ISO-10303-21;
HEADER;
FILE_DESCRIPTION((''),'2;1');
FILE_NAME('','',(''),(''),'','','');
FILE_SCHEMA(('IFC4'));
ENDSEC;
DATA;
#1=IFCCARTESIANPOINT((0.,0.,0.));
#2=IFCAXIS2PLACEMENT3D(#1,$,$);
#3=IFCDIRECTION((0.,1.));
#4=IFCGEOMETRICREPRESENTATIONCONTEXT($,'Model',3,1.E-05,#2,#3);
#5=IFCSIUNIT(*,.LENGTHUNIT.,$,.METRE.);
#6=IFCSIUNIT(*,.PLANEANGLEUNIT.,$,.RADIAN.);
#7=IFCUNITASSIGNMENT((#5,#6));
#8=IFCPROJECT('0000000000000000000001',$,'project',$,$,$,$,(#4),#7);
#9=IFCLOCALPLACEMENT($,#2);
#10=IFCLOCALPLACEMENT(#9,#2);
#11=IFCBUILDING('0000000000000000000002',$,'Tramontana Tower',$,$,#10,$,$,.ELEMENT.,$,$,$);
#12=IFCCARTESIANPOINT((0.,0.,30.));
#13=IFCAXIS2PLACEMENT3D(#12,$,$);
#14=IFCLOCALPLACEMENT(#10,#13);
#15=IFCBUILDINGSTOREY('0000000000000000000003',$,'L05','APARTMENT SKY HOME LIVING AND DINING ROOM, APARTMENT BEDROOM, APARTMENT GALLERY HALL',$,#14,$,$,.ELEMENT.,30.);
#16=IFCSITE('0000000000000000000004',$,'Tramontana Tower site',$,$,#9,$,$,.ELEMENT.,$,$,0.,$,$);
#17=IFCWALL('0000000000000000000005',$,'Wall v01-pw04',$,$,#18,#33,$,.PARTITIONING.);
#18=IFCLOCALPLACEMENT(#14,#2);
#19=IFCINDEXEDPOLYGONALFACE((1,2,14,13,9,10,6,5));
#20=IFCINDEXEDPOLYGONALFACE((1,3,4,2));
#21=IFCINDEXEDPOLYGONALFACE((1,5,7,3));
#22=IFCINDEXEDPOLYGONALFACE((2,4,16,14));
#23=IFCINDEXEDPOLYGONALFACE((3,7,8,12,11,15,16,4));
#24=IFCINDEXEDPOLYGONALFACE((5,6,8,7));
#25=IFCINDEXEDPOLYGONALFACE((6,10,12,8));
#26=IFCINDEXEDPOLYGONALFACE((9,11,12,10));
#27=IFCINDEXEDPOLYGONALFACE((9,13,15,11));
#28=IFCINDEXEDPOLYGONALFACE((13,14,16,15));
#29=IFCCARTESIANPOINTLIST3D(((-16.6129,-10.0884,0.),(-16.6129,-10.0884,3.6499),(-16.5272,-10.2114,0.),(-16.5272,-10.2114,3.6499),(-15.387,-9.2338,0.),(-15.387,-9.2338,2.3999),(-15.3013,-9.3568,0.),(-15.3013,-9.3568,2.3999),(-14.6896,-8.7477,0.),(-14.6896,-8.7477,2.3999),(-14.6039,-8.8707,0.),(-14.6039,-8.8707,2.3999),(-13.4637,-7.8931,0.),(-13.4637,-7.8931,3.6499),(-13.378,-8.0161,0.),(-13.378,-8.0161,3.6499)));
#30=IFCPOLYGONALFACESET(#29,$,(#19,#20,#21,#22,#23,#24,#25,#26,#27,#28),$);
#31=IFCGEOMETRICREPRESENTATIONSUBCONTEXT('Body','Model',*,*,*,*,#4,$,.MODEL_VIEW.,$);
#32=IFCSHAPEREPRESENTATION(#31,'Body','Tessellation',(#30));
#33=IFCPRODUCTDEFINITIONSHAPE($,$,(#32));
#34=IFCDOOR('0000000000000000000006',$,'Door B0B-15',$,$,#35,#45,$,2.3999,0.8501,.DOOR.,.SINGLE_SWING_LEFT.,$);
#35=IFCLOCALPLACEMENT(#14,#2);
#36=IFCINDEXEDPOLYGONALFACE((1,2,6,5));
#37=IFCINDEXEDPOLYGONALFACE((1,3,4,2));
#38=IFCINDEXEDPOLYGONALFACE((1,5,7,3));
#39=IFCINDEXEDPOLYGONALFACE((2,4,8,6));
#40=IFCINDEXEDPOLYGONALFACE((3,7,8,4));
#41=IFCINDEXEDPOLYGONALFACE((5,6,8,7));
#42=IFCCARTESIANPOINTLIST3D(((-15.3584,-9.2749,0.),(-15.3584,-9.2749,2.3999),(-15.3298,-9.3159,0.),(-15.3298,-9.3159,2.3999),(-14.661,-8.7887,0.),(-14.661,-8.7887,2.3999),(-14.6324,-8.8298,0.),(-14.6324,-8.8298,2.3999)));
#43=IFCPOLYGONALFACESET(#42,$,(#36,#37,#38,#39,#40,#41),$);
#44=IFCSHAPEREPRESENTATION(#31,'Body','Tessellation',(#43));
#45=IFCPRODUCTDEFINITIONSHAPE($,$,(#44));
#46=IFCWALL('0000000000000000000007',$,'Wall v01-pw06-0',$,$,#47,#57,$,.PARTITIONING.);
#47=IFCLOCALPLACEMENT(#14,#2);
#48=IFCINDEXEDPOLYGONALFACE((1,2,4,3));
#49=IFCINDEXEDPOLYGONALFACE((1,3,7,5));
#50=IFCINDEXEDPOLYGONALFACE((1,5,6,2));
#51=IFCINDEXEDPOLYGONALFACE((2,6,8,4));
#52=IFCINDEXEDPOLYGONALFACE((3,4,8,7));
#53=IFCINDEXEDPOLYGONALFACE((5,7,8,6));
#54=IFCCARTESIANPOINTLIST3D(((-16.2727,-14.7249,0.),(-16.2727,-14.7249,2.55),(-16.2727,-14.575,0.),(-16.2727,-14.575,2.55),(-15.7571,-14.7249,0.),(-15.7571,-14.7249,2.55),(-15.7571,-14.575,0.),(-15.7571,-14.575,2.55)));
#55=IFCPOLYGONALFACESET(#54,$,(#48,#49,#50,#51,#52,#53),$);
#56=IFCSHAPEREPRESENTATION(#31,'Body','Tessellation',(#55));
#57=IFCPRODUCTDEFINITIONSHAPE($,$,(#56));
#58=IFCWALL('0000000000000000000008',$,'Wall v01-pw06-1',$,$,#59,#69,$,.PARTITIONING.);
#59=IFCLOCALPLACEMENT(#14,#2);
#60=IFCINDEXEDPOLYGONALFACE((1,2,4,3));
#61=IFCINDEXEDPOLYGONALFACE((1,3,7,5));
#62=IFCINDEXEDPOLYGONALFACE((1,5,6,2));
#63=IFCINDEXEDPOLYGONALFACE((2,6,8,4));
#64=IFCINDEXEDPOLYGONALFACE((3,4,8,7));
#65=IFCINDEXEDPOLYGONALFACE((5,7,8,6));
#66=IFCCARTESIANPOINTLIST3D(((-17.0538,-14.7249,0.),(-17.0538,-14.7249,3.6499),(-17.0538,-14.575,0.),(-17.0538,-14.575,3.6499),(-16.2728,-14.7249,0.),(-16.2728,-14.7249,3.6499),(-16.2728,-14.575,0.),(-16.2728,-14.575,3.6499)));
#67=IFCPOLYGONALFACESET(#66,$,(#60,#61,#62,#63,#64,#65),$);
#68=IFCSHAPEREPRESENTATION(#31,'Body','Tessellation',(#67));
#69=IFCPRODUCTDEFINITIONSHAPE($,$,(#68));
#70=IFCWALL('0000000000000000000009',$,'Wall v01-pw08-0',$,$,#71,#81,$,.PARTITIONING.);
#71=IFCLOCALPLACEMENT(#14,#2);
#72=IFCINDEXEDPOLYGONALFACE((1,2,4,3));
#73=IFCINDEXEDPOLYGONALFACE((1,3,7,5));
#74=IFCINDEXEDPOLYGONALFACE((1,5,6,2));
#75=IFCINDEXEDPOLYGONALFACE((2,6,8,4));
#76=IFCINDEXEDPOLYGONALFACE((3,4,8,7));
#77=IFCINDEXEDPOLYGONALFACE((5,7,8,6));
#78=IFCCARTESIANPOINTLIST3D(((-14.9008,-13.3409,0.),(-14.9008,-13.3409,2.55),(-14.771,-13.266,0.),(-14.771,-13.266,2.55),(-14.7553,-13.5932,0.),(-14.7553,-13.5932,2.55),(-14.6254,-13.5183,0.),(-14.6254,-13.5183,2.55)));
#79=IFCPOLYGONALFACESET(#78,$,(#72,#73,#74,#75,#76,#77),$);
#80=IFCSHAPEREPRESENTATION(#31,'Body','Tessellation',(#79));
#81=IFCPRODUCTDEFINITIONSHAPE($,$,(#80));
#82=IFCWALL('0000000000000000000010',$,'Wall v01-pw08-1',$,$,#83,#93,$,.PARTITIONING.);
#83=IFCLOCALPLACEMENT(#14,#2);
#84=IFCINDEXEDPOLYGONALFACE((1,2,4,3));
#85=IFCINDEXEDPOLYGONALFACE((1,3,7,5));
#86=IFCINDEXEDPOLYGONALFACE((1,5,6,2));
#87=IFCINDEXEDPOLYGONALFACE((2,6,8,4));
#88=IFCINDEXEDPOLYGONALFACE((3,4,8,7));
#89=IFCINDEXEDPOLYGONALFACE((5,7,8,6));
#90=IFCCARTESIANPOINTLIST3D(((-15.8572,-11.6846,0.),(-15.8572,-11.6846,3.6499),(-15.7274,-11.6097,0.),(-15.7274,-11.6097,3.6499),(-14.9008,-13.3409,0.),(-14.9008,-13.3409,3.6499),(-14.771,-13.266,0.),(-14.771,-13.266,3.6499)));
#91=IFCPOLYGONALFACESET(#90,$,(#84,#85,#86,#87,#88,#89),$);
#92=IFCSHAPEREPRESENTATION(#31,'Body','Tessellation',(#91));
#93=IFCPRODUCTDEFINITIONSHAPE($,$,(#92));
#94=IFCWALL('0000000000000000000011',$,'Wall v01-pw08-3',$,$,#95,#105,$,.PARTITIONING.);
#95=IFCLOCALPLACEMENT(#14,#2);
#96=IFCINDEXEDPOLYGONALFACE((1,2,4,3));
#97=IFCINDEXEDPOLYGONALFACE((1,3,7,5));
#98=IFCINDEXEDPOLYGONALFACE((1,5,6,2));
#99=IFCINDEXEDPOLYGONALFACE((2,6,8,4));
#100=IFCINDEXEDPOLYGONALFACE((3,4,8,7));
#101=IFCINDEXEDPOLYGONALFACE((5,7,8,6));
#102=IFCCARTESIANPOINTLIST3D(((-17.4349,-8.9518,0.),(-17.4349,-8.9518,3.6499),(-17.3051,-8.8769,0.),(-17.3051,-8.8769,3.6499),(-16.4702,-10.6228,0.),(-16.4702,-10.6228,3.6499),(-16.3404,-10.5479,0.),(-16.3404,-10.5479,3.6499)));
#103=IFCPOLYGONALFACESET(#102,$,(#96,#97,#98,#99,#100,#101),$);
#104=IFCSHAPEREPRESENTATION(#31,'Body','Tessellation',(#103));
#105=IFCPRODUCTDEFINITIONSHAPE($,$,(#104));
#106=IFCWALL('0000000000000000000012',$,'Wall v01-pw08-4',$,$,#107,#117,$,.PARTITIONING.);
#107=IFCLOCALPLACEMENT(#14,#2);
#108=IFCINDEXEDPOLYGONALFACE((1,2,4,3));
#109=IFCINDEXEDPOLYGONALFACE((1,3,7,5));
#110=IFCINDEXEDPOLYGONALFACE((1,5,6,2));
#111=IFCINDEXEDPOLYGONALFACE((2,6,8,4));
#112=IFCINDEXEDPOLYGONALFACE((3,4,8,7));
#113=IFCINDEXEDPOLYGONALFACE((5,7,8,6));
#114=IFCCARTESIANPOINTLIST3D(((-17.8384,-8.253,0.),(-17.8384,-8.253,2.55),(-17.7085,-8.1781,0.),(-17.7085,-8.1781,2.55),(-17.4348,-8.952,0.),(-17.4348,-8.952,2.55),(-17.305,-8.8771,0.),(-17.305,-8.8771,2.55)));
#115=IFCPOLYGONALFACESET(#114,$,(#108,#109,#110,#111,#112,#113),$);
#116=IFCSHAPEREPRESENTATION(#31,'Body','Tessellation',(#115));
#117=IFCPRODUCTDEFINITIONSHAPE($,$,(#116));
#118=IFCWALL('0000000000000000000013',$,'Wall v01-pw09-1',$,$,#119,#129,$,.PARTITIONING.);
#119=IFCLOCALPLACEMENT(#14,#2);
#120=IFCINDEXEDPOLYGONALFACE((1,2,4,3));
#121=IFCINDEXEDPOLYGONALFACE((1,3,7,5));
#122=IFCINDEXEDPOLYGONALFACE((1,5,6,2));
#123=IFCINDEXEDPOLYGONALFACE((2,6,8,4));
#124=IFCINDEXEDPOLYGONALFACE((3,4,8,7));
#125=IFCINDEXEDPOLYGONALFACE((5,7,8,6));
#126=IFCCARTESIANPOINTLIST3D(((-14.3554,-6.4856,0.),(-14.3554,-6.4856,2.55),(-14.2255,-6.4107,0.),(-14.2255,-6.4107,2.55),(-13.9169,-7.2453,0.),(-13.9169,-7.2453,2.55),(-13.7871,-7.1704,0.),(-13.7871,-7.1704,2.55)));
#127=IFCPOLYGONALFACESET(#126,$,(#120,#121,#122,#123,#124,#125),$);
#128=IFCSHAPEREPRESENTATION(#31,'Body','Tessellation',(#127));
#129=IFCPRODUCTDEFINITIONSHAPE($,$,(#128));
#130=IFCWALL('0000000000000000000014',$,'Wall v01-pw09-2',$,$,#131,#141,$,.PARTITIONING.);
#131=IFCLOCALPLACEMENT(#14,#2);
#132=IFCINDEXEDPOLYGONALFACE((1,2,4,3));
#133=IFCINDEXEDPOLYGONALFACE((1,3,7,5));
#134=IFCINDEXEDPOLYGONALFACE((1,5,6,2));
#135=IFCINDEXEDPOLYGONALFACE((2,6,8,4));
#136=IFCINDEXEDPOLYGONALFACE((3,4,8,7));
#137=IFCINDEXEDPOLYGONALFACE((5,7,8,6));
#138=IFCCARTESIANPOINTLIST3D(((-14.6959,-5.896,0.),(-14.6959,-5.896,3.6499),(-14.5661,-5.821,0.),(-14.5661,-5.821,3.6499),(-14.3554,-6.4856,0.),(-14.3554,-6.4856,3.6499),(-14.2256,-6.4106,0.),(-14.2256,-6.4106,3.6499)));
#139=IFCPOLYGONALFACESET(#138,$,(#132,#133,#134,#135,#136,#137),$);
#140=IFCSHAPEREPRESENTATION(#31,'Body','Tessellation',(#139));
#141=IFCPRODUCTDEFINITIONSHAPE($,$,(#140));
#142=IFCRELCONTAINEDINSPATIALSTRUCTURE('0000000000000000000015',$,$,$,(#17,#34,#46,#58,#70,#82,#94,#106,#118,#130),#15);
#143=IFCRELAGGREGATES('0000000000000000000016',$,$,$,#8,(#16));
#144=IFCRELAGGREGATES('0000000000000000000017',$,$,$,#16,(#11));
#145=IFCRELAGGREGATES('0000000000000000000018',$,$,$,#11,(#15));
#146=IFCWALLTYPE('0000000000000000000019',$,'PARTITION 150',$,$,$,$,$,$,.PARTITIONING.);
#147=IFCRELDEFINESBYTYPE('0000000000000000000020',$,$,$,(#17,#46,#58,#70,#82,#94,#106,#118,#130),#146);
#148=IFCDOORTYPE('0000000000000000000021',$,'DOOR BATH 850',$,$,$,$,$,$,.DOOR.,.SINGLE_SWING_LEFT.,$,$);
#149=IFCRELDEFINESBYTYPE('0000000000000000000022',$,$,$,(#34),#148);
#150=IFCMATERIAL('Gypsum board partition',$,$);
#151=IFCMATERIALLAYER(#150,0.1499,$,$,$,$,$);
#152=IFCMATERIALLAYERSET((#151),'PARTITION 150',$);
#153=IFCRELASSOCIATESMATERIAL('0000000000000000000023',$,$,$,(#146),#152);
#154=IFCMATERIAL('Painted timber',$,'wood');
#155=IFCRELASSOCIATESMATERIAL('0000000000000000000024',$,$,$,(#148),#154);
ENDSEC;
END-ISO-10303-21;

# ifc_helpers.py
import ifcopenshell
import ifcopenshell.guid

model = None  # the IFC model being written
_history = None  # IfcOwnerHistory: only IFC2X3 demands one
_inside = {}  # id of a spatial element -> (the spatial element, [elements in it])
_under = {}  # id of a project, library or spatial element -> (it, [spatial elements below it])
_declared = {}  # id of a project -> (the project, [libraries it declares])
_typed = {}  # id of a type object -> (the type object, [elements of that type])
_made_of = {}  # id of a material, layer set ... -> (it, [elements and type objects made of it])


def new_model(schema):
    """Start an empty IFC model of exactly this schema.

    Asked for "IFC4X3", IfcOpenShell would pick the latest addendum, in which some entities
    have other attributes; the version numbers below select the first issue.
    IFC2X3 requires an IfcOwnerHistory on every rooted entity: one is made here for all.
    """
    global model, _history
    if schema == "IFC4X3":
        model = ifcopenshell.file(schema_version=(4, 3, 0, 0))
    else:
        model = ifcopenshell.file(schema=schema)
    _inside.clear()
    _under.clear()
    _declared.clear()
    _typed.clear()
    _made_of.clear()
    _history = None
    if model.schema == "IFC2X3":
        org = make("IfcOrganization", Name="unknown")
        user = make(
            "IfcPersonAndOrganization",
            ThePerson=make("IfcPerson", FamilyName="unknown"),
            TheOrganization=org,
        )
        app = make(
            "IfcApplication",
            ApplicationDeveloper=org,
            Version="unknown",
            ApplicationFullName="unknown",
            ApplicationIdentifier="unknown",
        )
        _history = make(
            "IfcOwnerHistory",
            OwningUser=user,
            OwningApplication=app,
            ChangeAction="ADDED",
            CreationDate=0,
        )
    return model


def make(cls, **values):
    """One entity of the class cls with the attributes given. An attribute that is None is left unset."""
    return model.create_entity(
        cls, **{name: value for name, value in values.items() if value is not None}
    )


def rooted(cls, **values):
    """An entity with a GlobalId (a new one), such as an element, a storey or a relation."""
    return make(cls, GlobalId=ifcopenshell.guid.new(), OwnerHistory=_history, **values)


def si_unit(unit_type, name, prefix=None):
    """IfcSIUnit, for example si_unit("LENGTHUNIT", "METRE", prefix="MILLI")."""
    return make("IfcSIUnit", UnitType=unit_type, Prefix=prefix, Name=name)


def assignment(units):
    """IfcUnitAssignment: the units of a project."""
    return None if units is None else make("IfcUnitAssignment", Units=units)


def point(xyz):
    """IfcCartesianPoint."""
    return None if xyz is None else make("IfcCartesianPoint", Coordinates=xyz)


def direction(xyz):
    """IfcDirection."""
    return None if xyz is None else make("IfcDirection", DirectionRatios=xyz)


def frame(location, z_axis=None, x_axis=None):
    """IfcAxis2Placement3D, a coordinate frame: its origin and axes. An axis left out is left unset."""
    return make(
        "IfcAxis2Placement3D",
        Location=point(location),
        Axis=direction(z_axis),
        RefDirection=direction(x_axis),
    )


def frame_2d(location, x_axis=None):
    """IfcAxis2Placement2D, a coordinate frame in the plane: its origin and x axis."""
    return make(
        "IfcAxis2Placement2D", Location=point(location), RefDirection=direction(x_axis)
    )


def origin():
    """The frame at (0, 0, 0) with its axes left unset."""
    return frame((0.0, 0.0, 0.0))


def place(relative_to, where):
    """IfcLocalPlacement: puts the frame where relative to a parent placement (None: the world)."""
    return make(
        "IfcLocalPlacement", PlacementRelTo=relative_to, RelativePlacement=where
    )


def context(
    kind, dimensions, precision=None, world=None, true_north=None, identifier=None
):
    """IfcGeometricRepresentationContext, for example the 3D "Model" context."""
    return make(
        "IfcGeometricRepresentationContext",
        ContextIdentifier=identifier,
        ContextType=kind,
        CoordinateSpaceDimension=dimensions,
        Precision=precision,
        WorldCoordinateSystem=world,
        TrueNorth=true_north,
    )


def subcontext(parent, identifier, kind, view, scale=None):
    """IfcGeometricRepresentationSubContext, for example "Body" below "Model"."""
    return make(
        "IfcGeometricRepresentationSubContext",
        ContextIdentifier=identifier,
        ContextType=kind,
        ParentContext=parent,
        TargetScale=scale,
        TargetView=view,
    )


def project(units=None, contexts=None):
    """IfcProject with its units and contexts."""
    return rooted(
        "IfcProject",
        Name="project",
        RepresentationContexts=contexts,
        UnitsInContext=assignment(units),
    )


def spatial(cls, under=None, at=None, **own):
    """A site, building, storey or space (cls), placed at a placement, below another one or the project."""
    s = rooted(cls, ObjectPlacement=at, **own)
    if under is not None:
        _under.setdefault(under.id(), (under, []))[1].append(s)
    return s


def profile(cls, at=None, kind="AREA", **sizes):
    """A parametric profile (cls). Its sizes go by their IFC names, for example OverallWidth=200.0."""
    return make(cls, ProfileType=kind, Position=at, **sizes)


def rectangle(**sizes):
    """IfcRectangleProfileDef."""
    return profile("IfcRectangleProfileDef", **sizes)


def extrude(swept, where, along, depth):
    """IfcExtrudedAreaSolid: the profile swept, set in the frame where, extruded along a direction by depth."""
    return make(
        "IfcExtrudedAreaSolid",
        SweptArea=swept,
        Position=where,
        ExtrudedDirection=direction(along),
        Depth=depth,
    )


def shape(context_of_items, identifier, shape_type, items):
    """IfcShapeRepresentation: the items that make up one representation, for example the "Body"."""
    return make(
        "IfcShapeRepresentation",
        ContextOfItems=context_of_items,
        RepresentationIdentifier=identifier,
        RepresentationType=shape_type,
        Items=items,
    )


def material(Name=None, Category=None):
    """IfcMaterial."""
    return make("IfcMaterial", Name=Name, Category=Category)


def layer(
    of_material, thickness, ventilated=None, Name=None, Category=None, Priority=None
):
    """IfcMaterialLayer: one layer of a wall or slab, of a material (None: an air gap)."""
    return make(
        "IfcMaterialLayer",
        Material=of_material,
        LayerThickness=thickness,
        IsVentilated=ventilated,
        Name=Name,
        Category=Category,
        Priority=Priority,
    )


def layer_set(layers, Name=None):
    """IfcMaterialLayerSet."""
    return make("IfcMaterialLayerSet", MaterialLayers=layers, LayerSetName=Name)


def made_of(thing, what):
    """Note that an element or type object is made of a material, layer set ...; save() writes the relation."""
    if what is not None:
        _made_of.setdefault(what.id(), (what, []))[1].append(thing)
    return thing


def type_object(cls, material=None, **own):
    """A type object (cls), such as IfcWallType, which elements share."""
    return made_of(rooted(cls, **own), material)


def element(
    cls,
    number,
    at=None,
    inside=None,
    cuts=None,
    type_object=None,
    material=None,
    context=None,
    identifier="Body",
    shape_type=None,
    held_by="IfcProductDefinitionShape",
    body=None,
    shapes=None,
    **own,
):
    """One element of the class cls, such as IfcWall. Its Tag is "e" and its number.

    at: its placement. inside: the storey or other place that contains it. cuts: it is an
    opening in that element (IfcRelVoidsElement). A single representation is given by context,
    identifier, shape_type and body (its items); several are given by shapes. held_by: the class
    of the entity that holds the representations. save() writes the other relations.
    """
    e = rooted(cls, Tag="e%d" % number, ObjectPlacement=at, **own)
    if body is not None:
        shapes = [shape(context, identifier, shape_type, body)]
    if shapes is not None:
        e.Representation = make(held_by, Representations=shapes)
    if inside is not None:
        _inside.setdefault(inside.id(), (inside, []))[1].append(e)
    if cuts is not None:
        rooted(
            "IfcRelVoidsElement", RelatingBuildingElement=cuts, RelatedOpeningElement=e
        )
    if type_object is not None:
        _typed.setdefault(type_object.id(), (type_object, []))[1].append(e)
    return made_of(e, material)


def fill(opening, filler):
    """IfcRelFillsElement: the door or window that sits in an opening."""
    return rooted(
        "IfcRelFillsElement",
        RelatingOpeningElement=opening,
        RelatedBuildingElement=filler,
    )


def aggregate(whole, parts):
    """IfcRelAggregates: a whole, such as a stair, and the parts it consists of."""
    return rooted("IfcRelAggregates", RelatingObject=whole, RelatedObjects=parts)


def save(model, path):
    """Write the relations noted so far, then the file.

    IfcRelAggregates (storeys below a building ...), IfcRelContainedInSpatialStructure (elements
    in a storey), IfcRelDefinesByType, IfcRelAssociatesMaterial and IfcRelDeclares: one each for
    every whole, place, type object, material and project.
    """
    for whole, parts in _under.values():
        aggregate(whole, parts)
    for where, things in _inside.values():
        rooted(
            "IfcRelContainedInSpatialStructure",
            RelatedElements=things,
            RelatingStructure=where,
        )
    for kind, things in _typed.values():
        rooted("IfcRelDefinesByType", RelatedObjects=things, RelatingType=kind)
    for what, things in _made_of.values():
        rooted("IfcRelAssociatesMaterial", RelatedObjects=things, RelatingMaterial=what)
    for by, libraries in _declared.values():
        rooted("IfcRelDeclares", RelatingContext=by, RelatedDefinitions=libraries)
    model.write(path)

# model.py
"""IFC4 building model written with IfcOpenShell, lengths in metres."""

from ifc_helpers import new_model, si_unit, direction, frame, frame_2d, origin, place, context, subcontext, project, spatial, rectangle, extrude, material, layer, layer_set, type_object, element, fill, save


model = new_model("IFC4")

# Units and contexts
model_context = context("Model", 3, precision=1e-05, world=origin(), true_north=direction((0.0, 1.0)))
body_context = subcontext(model_context, "Body", "Model", "MODEL_VIEW")
ifc_project = project(units=[si_unit("LENGTHUNIT", "METRE"), si_unit("PLANEANGLEUNIT", "RADIAN")], contexts=[model_context])

# Site, building, storey
site_placement = place(None, origin())
site = spatial("IfcSite", under=ifc_project, at=site_placement, Name="Tramontana Tower site", CompositionType="ELEMENT", RefElevation=0.0)
building_placement = place(site_placement, origin())
building = spatial("IfcBuilding", under=site, at=building_placement, Name="Tramontana Tower", CompositionType="ELEMENT")
storey_placement = place(building_placement, frame((0.0, 0.0, 30.0)))
storey = spatial("IfcBuildingStorey", under=building, at=storey_placement, Name="L05", Description="APARTMENT SKY HOME LIVING AND DINING ROOM, APARTMENT BEDROOM, APARTMENT GALLERY HALL", CompositionType="ELEMENT", Elevation=30.0)

# Shared definitions
ifc_material_1 = material(Name="Gypsum board partition")
ifc_layer_1 = layer(ifc_material_1, 0.1499)
ifc_layer_set_1 = layer_set([ifc_layer_1], Name="PARTITION 150")
wall_type_1 = type_object("IfcWallType", Name="PARTITION 150", PredefinedType="PARTITIONING", material=ifc_layer_set_1)

# Wall, opening, door
wall_1_placement = place(storey_placement, frame((-16.5701, -10.1499, 0.0), z_axis=(0.0, 0.0, 1.0), x_axis=(0.820345, 0.571869, 0.0)))
wall_1 = element("IfcWall", 1, at=wall_1_placement, inside=storey, type_object=wall_type_1, Name="Wall v01-pw04", PredefinedType="PARTITIONING", context=body_context, shape_type="SweptSolid", body=[
    extrude(rectangle(XDim=3.8389, YDim=0.1499, at=frame_2d((1.9194, 0.0))), origin(), (0.0, 0.0, 1.0), 3.6499),
])
opening_1_placement = place(wall_1_placement, frame((1.4944, 0.0, 0.0)))
opening_1 = element("IfcOpeningElement", 2, at=opening_1_placement, cuts=wall_1, PredefinedType="OPENING", context=body_context, shape_type="SweptSolid", body=[
    extrude(rectangle(XDim=0.8501, YDim=2.3999, at=frame_2d((0.425, 1.2))), frame((0.0, 0.085, 0.0), z_axis=(0.0, -1.0, 0.0), x_axis=(1.0, 0.0, 0.0)), (0.0, 0.0, 1.0), 0.1699),
])
ifc_material_2 = material(Name="Painted timber", Category="wood")
door_type_1 = type_object("IfcDoorType", Name="DOOR BATH 850", OperationType="SINGLE_SWING_LEFT", PredefinedType="DOOR", material=ifc_material_2)
door_1_placement = place(opening_1_placement, origin())
door_1 = element("IfcDoor", 3, at=door_1_placement, inside=storey, type_object=door_type_1, Name="Door B0B-15", OperationType="SINGLE_SWING_LEFT", OverallHeight=2.3999, OverallWidth=0.8501, PredefinedType="DOOR", context=body_context, shape_type="SweptSolid", body=[
    extrude(rectangle(XDim=0.8501, YDim=2.3999, at=frame_2d((0.425, 1.2))), frame((0.0, 0.0249, 0.0), z_axis=(0.0, -1.0, 0.0), x_axis=(1.0, 0.0, 0.0)), (0.0, 0.0, 1.0), 0.05),
])
fill(opening_1, door_1)

# Walls
wall_2_placement = place(storey_placement, frame((-15.7571, -14.6499, 0.0), z_axis=(0.0, 0.0, 1.0), x_axis=(-1.0, 0.0, 0.0)))
element("IfcWall", 4, at=wall_2_placement, inside=storey, type_object=wall_type_1, Name="Wall v01-pw06-0", PredefinedType="PARTITIONING", context=body_context, shape_type="SweptSolid", body=[
    extrude(rectangle(XDim=0.5156, YDim=0.1499, at=frame_2d((0.2578, 0.0))), origin(), (0.0, 0.0, 1.0), 2.55),
])
wall_3_placement = place(storey_placement, frame((-16.2727, -14.6499, 0.0), z_axis=(0.0, 0.0, 1.0), x_axis=(-1.0, 0.0, 0.0)))
element("IfcWall", 5, at=wall_3_placement, inside=storey, type_object=wall_type_1, Name="Wall v01-pw06-1", PredefinedType="PARTITIONING", context=body_context, shape_type="SweptSolid", body=[
    extrude(rectangle(XDim=0.781, YDim=0.1499, at=frame_2d((0.3906, 0.0))), origin(), (0.0, 0.0, 1.0), 3.6499),
])

# Walls
wall_4_placement = place(storey_placement, frame((-14.6904, -13.5557, 0.0), z_axis=(0.0, 0.0, 1.0), x_axis=(-0.499747, 0.866172, 0.0)))
element("IfcWall", 6, at=wall_4_placement, inside=storey, type_object=wall_type_1, Name="Wall v01-pw08-0", PredefinedType="PARTITIONING", context=body_context, shape_type="SweptSolid", body=[
    extrude(rectangle(XDim=0.2913, YDim=0.1499, at=frame_2d((0.1455, 0.0))), origin(), (0.0, 0.0, 1.0), 2.55),
])
wall_5_placement = place(storey_placement, frame((-14.8359, -13.3035, 0.0), z_axis=(0.0, 0.0, 1.0), x_axis=(-0.500024, 0.866011, 0.0)))
element("IfcWall", 7, at=wall_5_placement, inside=storey, type_object=wall_type_1, Name="Wall v01-pw08-1", PredefinedType="PARTITIONING", context=body_context, shape_type="SweptSolid", body=[
    extrude(rectangle(XDim=1.9126, YDim=0.1499, at=frame_2d((0.9563, 0.0))), origin(), (0.0, 0.0, 1.0), 3.6499),
])

# Walls
wall_6_placement = place(storey_placement, frame((-16.4053, -10.5854, 0.0), z_axis=(0.0, 0.0, 1.0), x_axis=(-0.499963, 0.866047, 0.0)))
element("IfcWall", 8, at=wall_6_placement, inside=storey, type_object=wall_type_1, Name="Wall v01-pw08-3", PredefinedType="PARTITIONING", context=body_context, shape_type="SweptSolid", body=[
    extrude(rectangle(XDim=1.9294, YDim=0.1499, at=frame_2d((0.9648, 0.0))), origin(), (0.0, 0.0, 1.0), 3.6499),
])
wall_7_placement = place(storey_placement, frame((-17.3699, -8.9146, 0.0), z_axis=(0.0, 0.0, 1.0), x_axis=(-0.50001, 0.866019, 0.0)))
element("IfcWall", 9, at=wall_7_placement, inside=storey, type_object=wall_type_1, Name="Wall v01-pw08-4", PredefinedType="PARTITIONING", context=body_context, shape_type="SweptSolid", body=[
    extrude(rectangle(XDim=0.8071, YDim=0.1499, at=frame_2d((0.4036, 0.0))), origin(), (0.0, 0.0, 1.0), 2.55),
])
wall_8_placement = place(storey_placement, frame((-13.8521, -7.2078, 0.0), z_axis=(0.0, 0.0, 1.0), x_axis=(-0.499851, 0.866111, 0.0)))
element("IfcWall", 10, at=wall_8_placement, inside=storey, type_object=wall_type_1, Name="Wall v01-pw09-1", PredefinedType="PARTITIONING", context=body_context, shape_type="SweptSolid", body=[
    extrude(rectangle(XDim=0.8772, YDim=0.1499, at=frame_2d((0.4385, 0.0))), origin(), (0.0, 0.0, 1.0), 2.55),
])
wall_9_placement = place(storey_placement, frame((-14.2905, -6.448, 0.0), z_axis=(0.0, 0.0, 1.0), x_axis=(-0.500188, 0.865917, 0.0)))
element("IfcWall", 11, at=wall_9_placement, inside=storey, type_object=wall_type_1, Name="Wall v01-pw09-2", PredefinedType="PARTITIONING", context=body_context, shape_type="SweptSolid", body=[
    extrude(rectangle(XDim=0.6809, YDim=0.1499, at=frame_2d((0.3403, 0.0))), origin(), (0.0, 0.0, 1.0), 3.6499),
])

save(model, "model.ifc")
